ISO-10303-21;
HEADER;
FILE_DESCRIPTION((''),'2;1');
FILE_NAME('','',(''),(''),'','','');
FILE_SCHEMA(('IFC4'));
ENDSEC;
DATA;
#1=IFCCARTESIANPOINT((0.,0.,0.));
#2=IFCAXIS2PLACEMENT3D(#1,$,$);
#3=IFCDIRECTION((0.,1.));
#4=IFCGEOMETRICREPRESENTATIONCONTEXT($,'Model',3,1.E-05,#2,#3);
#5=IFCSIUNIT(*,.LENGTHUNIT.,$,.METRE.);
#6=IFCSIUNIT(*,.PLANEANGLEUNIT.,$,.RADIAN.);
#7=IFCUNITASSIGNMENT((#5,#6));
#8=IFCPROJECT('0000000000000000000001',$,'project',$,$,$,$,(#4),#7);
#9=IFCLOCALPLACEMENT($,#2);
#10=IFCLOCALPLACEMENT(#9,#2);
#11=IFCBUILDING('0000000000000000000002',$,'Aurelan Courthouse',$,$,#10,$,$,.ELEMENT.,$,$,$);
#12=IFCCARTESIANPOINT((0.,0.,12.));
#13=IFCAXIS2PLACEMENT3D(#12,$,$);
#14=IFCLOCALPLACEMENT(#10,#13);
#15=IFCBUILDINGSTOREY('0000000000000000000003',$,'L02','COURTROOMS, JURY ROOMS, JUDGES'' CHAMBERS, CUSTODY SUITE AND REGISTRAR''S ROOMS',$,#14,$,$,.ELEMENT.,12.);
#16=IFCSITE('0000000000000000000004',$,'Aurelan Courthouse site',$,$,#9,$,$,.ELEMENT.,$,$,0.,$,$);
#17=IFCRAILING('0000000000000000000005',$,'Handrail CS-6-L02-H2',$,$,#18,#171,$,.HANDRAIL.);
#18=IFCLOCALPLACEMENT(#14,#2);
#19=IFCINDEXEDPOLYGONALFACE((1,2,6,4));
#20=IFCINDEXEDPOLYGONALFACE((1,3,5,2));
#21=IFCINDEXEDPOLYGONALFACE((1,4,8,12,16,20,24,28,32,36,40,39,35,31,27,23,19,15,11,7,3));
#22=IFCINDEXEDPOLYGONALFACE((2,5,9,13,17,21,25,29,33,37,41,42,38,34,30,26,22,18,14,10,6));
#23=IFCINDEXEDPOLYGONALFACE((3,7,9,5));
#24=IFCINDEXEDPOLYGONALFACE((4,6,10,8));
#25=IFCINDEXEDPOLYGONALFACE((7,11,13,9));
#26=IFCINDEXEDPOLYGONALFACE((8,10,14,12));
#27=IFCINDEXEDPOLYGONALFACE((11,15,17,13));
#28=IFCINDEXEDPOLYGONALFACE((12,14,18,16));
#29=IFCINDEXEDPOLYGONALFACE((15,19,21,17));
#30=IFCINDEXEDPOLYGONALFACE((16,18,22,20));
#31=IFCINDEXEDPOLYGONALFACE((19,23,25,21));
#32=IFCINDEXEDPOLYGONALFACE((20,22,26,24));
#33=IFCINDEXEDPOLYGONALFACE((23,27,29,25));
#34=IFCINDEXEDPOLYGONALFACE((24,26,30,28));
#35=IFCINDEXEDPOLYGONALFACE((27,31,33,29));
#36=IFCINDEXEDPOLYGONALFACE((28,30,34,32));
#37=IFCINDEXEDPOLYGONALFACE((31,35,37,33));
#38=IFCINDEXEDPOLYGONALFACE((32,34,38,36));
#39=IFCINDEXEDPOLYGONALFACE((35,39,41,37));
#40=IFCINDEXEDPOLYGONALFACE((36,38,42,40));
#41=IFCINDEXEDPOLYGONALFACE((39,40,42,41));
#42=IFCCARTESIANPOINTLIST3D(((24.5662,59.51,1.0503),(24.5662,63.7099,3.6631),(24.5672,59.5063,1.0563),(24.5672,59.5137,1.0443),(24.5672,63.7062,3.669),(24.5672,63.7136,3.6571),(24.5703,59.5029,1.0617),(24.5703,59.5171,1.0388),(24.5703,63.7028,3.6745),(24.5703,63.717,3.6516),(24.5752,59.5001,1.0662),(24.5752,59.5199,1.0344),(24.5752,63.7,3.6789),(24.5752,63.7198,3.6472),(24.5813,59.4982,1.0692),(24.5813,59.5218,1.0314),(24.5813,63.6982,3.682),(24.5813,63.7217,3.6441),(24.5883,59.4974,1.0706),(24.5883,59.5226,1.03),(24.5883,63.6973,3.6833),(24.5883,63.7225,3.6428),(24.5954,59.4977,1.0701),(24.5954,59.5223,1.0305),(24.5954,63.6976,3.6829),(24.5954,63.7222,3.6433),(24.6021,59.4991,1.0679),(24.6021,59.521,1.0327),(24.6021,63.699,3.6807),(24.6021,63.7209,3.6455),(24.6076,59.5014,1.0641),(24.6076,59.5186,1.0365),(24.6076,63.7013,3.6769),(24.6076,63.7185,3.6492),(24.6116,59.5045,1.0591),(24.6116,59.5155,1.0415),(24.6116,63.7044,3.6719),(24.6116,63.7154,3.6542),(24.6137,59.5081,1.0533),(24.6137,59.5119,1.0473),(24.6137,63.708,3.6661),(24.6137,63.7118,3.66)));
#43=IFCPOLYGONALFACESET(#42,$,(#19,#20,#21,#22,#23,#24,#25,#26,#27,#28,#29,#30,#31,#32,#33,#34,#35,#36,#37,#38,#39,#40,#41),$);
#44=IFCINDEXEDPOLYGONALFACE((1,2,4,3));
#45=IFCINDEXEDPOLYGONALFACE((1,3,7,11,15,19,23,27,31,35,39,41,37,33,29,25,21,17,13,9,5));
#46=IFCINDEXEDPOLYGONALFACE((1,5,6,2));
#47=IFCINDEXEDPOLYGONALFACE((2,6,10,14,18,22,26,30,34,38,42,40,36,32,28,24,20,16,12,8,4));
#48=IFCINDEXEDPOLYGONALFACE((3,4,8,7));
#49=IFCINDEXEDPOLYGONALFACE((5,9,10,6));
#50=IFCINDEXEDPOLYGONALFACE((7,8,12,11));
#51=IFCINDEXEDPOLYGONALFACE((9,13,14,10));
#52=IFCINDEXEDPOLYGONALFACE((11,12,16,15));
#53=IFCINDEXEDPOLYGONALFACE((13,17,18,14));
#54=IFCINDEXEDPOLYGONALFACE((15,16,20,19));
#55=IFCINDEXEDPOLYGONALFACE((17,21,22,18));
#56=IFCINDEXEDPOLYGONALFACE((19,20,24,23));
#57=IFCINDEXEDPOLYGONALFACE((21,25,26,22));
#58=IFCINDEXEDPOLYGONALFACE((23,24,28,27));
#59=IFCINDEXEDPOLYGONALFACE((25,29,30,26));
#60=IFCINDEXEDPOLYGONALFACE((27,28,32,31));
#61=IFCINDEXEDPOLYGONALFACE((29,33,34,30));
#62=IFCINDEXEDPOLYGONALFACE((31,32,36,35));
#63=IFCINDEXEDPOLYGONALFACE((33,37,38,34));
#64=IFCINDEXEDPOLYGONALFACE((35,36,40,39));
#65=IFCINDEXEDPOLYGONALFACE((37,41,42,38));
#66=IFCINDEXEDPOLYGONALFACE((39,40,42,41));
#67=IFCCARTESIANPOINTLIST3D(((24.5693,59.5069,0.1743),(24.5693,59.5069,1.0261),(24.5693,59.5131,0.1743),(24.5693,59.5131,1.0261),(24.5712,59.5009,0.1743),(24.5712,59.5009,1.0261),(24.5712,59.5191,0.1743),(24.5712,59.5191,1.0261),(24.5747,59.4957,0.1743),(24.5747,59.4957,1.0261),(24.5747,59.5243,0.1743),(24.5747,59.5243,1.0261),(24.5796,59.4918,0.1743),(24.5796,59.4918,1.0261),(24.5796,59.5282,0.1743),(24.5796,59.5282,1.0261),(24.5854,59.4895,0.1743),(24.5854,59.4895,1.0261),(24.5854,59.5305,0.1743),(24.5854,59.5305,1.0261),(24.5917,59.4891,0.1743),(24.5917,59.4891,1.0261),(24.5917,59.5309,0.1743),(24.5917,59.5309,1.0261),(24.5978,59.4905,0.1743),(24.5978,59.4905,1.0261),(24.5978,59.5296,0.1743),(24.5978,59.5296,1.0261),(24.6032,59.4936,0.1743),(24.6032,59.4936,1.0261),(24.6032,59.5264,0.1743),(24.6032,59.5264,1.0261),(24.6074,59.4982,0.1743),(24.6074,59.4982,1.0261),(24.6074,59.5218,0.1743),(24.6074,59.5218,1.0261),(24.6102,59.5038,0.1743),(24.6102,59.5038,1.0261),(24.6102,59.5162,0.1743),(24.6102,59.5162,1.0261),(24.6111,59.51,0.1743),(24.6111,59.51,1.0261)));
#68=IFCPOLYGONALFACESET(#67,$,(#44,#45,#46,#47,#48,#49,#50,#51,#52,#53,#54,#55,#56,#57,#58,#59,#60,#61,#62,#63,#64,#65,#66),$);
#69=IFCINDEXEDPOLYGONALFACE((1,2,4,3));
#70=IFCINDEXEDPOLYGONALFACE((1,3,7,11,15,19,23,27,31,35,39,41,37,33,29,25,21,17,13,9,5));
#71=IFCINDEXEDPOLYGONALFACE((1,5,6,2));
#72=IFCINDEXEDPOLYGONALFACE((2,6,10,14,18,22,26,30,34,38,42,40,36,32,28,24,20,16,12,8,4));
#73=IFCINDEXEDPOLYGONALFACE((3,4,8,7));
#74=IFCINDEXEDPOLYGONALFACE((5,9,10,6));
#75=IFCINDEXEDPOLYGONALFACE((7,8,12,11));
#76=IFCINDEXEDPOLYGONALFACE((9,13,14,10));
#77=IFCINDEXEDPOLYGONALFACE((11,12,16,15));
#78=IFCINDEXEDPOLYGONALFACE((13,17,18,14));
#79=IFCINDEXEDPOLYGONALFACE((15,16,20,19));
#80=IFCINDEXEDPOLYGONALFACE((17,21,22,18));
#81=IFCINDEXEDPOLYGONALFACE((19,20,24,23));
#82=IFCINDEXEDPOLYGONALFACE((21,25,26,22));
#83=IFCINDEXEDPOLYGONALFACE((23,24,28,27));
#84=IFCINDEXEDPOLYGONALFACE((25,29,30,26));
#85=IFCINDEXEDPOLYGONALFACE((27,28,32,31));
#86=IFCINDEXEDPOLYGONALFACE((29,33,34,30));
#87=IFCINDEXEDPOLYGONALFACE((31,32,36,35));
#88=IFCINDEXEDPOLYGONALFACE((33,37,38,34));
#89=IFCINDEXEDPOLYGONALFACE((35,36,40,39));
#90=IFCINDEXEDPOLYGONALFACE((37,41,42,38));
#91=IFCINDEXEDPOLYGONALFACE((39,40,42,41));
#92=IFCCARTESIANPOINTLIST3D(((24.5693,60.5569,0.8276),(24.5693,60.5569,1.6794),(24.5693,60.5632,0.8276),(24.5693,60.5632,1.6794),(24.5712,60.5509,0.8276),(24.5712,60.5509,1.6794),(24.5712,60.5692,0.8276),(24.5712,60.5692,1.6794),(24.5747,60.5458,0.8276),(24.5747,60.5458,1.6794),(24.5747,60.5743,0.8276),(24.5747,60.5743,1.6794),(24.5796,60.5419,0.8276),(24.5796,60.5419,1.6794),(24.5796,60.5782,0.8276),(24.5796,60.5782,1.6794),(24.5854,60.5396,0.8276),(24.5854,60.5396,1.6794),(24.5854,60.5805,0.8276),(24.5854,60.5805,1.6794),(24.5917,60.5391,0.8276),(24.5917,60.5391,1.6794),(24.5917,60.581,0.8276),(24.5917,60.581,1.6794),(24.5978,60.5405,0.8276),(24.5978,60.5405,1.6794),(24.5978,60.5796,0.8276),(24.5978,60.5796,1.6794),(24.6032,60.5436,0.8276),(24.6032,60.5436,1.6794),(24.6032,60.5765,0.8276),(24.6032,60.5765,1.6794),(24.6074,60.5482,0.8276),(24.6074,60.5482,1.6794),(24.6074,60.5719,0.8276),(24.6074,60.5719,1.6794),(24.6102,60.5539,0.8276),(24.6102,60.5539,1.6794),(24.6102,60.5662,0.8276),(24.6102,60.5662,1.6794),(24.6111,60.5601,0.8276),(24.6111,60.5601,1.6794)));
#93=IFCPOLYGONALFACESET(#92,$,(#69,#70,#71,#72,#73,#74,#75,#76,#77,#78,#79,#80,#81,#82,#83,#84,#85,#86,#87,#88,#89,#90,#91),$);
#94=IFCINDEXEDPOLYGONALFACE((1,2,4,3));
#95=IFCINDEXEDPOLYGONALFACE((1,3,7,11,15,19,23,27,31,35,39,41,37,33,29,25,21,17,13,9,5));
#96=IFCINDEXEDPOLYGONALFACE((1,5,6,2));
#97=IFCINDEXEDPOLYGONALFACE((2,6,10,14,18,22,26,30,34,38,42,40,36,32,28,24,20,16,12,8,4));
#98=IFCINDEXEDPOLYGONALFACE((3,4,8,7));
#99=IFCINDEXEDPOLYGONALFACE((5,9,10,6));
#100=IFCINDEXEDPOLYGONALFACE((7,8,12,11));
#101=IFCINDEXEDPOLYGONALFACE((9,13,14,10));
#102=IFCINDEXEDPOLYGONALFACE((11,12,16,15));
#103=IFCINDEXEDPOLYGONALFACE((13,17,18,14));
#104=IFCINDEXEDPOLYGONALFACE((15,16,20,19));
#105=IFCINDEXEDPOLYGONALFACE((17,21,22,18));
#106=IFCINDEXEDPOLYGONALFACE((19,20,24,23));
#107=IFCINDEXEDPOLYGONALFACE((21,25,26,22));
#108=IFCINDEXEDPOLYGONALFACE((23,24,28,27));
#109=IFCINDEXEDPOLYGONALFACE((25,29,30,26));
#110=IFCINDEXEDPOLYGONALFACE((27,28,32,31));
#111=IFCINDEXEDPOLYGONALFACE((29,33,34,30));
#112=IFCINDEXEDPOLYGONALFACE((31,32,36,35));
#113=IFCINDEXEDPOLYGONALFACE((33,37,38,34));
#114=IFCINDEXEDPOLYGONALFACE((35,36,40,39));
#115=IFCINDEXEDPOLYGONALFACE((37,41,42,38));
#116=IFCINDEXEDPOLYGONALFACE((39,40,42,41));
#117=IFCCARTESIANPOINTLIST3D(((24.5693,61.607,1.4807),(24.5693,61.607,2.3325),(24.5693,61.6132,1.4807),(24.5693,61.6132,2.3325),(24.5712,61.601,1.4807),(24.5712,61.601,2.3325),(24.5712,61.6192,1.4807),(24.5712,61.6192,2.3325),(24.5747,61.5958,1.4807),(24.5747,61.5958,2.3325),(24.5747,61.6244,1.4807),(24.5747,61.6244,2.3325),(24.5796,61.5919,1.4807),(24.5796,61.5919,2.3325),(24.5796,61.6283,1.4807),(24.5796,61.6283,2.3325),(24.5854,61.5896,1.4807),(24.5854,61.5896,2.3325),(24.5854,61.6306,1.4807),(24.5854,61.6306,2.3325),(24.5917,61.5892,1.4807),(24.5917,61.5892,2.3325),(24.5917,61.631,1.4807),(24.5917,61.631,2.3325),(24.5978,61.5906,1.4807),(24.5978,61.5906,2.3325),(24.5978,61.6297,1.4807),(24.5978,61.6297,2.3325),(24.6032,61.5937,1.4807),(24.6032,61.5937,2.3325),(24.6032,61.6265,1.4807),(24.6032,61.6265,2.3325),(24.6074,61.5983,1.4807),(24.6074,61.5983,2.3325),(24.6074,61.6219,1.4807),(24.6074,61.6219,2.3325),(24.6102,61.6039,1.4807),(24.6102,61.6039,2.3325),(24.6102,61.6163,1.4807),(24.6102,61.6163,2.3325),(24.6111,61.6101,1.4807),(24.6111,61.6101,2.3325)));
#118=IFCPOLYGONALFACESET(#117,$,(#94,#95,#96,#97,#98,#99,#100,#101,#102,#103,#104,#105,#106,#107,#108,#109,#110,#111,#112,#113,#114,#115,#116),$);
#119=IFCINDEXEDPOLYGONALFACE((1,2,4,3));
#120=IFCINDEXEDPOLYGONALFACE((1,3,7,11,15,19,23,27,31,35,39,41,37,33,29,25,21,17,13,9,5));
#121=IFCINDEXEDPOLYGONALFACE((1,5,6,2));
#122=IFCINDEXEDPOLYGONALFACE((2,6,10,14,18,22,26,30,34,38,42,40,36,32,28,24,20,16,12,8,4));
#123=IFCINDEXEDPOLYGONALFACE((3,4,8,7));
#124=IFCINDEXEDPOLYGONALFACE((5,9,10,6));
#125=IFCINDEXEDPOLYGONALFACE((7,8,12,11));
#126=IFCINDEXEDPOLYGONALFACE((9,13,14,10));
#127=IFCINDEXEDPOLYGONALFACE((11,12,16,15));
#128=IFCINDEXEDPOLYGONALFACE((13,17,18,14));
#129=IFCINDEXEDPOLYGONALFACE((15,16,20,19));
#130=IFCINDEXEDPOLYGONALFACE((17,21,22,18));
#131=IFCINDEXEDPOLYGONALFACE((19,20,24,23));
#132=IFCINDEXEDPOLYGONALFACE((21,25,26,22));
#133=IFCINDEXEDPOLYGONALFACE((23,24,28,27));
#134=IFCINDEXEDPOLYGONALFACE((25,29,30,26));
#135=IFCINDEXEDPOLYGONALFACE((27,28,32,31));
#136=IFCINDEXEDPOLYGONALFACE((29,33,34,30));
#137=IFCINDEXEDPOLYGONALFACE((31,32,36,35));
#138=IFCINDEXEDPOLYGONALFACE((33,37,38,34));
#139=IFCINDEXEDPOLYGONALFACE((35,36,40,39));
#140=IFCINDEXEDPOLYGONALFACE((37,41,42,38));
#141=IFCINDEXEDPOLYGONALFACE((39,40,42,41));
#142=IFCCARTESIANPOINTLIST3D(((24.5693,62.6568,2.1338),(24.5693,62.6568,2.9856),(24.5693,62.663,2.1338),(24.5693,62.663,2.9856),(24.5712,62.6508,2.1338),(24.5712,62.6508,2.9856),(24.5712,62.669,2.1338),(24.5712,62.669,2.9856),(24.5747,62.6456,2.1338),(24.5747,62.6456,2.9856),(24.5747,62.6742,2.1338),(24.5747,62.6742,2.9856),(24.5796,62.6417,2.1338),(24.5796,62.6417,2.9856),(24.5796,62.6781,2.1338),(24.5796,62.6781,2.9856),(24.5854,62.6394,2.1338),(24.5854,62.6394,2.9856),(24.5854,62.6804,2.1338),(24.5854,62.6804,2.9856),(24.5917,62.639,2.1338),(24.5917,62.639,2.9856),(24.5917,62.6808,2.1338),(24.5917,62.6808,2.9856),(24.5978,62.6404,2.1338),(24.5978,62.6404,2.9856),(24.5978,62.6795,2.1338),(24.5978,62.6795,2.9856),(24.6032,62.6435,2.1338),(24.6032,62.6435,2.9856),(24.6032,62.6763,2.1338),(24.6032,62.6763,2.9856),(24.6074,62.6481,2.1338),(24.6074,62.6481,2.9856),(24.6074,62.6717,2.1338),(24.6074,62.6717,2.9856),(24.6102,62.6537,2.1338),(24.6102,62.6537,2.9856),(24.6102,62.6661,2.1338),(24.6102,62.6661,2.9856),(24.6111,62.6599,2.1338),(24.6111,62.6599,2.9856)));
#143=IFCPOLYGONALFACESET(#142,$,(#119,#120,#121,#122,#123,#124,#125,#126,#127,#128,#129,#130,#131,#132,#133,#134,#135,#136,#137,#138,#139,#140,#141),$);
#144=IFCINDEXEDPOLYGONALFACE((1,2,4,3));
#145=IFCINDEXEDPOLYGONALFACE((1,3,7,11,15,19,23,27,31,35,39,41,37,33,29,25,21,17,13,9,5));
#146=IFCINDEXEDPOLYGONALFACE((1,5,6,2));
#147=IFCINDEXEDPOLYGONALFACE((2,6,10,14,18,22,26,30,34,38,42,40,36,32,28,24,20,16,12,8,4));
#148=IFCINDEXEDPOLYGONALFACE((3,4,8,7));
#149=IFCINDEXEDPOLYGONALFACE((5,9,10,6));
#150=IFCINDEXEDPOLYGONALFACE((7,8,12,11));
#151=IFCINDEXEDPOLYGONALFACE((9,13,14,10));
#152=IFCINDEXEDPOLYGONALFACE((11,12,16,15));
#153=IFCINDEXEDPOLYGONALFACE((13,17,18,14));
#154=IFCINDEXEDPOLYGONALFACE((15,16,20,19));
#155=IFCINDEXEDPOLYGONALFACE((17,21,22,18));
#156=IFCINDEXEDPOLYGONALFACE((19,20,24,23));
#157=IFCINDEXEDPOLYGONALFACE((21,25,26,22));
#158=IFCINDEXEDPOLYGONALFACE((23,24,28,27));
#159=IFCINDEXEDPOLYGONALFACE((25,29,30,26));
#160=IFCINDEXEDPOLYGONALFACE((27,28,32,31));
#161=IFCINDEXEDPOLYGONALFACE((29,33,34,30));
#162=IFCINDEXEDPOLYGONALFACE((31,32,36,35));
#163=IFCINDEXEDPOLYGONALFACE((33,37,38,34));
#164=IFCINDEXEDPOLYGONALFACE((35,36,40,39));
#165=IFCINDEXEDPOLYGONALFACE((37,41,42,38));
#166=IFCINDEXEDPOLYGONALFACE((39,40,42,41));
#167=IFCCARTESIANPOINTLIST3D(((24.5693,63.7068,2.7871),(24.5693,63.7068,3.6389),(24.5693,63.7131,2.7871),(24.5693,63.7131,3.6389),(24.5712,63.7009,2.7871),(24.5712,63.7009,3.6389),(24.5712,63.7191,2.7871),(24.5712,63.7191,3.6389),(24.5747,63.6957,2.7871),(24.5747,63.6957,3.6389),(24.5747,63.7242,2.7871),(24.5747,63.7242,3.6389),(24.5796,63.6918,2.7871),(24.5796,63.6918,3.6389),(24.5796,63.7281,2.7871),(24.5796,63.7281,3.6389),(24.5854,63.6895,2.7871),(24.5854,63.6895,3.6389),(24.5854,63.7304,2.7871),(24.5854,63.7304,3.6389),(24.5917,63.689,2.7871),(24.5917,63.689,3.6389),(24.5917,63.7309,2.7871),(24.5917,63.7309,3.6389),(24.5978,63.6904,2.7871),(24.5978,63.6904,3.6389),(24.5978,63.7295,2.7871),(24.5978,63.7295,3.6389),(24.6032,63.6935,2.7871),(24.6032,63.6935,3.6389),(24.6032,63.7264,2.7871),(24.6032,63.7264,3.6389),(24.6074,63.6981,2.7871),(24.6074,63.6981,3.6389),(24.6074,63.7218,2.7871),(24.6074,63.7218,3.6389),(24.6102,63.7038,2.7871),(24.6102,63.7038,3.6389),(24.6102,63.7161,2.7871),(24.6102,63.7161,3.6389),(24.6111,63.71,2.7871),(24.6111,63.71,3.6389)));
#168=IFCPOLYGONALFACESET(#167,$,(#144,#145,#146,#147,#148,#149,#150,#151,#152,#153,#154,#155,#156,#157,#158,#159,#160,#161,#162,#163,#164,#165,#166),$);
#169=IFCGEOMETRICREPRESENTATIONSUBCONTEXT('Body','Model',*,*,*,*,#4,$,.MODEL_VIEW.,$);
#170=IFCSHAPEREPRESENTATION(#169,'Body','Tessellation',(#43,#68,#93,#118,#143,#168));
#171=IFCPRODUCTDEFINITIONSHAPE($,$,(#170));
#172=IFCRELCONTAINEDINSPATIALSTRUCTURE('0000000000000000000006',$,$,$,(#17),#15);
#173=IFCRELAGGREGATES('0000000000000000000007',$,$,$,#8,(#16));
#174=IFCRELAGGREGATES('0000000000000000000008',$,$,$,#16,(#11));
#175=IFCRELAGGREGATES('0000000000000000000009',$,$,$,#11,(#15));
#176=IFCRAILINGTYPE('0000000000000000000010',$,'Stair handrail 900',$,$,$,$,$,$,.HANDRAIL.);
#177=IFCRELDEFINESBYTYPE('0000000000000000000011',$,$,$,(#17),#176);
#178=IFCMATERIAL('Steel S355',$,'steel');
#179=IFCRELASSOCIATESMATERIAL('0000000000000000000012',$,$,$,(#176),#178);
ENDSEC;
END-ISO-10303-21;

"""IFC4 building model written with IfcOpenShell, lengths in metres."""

from ifc_helpers import new_model, si_unit, direction, frame, origin, origin_2d, place, context, subcontext, project, spatial, circle, extrude, material, type_object, element, save


model = new_model("IFC4")

# Units and contexts
model_context = context("Model", 3, precision=1e-05, world=origin(), true_north=direction((0.0, 1.0)))
body_context = subcontext(model_context, "Body", "Model", "MODEL_VIEW")
ifc_project = project(units=[si_unit("LENGTHUNIT", "METRE"), si_unit("PLANEANGLEUNIT", "RADIAN")], contexts=[model_context])

# Site, building, storey
site_placement = place(None, origin())
site = spatial("IfcSite", under=ifc_project, at=site_placement, Name="Aurelan Courthouse site", CompositionType="ELEMENT", RefElevation=0.0)
building_placement = place(site_placement, origin())
building = spatial("IfcBuilding", under=site, at=building_placement, Name="Aurelan Courthouse", CompositionType="ELEMENT")
storey_placement = place(building_placement, frame((0.0, 0.0, 12.0)))
storey = spatial("IfcBuildingStorey", under=building, at=storey_placement, Name="L02", Description="COURTROOMS, JURY ROOMS, JUDGES' CHAMBERS, CUSTODY SUITE AND REGISTRAR'S ROOMS", CompositionType="ELEMENT", Elevation=12.0)

# Railing
ifc_material_1 = material(Name="Steel S355", Category="steel")
railing_type_1 = type_object("IfcRailingType", Name="Stair handrail 900", PredefinedType="HANDRAIL", material=ifc_material_1)
railing_1_placement = place(storey_placement, frame((24.5901, 59.51, 0.1743)))
element("IfcRailing", 1, at=railing_1_placement, inside=storey, type_object=railing_type_1, Name="Handrail CS-6-L02-H2", PredefinedType="HANDRAIL", context=body_context, shape_type="SweptSolid", body=[
    extrude(circle(Radius=0.0239, at=origin_2d()), frame((0.0, 0.0, 0.876), z_axis=(0.0, 0.849103, 0.528228), x_axis=(-1.0, 0.0, 0.0)), (0.0, 0.0, 1.0), 4.9463),
    extrude(circle(Radius=0.021, at=origin_2d()), origin(), (0.0, 0.0, 1.0), 0.8518),
    extrude(circle(Radius=0.021, at=origin_2d()), frame((0.0, 1.05, 0.6533)), (0.0, 0.0, 1.0), 0.8518),
    extrude(circle(Radius=0.021, at=origin_2d()), frame((0.0, 2.1001, 1.3064)), (0.0, 0.0, 1.0), 0.8518),
    extrude(circle(Radius=0.021, at=origin_2d()), frame((0.0, 3.1499, 1.9595)), (0.0, 0.0, 1.0), 0.8518),
    extrude(circle(Radius=0.021, at=origin_2d()), frame((0.0, 4.2, 2.6128)), (0.0, 0.0, 1.0), 0.8518),
])

save(model, "model.ifc")
